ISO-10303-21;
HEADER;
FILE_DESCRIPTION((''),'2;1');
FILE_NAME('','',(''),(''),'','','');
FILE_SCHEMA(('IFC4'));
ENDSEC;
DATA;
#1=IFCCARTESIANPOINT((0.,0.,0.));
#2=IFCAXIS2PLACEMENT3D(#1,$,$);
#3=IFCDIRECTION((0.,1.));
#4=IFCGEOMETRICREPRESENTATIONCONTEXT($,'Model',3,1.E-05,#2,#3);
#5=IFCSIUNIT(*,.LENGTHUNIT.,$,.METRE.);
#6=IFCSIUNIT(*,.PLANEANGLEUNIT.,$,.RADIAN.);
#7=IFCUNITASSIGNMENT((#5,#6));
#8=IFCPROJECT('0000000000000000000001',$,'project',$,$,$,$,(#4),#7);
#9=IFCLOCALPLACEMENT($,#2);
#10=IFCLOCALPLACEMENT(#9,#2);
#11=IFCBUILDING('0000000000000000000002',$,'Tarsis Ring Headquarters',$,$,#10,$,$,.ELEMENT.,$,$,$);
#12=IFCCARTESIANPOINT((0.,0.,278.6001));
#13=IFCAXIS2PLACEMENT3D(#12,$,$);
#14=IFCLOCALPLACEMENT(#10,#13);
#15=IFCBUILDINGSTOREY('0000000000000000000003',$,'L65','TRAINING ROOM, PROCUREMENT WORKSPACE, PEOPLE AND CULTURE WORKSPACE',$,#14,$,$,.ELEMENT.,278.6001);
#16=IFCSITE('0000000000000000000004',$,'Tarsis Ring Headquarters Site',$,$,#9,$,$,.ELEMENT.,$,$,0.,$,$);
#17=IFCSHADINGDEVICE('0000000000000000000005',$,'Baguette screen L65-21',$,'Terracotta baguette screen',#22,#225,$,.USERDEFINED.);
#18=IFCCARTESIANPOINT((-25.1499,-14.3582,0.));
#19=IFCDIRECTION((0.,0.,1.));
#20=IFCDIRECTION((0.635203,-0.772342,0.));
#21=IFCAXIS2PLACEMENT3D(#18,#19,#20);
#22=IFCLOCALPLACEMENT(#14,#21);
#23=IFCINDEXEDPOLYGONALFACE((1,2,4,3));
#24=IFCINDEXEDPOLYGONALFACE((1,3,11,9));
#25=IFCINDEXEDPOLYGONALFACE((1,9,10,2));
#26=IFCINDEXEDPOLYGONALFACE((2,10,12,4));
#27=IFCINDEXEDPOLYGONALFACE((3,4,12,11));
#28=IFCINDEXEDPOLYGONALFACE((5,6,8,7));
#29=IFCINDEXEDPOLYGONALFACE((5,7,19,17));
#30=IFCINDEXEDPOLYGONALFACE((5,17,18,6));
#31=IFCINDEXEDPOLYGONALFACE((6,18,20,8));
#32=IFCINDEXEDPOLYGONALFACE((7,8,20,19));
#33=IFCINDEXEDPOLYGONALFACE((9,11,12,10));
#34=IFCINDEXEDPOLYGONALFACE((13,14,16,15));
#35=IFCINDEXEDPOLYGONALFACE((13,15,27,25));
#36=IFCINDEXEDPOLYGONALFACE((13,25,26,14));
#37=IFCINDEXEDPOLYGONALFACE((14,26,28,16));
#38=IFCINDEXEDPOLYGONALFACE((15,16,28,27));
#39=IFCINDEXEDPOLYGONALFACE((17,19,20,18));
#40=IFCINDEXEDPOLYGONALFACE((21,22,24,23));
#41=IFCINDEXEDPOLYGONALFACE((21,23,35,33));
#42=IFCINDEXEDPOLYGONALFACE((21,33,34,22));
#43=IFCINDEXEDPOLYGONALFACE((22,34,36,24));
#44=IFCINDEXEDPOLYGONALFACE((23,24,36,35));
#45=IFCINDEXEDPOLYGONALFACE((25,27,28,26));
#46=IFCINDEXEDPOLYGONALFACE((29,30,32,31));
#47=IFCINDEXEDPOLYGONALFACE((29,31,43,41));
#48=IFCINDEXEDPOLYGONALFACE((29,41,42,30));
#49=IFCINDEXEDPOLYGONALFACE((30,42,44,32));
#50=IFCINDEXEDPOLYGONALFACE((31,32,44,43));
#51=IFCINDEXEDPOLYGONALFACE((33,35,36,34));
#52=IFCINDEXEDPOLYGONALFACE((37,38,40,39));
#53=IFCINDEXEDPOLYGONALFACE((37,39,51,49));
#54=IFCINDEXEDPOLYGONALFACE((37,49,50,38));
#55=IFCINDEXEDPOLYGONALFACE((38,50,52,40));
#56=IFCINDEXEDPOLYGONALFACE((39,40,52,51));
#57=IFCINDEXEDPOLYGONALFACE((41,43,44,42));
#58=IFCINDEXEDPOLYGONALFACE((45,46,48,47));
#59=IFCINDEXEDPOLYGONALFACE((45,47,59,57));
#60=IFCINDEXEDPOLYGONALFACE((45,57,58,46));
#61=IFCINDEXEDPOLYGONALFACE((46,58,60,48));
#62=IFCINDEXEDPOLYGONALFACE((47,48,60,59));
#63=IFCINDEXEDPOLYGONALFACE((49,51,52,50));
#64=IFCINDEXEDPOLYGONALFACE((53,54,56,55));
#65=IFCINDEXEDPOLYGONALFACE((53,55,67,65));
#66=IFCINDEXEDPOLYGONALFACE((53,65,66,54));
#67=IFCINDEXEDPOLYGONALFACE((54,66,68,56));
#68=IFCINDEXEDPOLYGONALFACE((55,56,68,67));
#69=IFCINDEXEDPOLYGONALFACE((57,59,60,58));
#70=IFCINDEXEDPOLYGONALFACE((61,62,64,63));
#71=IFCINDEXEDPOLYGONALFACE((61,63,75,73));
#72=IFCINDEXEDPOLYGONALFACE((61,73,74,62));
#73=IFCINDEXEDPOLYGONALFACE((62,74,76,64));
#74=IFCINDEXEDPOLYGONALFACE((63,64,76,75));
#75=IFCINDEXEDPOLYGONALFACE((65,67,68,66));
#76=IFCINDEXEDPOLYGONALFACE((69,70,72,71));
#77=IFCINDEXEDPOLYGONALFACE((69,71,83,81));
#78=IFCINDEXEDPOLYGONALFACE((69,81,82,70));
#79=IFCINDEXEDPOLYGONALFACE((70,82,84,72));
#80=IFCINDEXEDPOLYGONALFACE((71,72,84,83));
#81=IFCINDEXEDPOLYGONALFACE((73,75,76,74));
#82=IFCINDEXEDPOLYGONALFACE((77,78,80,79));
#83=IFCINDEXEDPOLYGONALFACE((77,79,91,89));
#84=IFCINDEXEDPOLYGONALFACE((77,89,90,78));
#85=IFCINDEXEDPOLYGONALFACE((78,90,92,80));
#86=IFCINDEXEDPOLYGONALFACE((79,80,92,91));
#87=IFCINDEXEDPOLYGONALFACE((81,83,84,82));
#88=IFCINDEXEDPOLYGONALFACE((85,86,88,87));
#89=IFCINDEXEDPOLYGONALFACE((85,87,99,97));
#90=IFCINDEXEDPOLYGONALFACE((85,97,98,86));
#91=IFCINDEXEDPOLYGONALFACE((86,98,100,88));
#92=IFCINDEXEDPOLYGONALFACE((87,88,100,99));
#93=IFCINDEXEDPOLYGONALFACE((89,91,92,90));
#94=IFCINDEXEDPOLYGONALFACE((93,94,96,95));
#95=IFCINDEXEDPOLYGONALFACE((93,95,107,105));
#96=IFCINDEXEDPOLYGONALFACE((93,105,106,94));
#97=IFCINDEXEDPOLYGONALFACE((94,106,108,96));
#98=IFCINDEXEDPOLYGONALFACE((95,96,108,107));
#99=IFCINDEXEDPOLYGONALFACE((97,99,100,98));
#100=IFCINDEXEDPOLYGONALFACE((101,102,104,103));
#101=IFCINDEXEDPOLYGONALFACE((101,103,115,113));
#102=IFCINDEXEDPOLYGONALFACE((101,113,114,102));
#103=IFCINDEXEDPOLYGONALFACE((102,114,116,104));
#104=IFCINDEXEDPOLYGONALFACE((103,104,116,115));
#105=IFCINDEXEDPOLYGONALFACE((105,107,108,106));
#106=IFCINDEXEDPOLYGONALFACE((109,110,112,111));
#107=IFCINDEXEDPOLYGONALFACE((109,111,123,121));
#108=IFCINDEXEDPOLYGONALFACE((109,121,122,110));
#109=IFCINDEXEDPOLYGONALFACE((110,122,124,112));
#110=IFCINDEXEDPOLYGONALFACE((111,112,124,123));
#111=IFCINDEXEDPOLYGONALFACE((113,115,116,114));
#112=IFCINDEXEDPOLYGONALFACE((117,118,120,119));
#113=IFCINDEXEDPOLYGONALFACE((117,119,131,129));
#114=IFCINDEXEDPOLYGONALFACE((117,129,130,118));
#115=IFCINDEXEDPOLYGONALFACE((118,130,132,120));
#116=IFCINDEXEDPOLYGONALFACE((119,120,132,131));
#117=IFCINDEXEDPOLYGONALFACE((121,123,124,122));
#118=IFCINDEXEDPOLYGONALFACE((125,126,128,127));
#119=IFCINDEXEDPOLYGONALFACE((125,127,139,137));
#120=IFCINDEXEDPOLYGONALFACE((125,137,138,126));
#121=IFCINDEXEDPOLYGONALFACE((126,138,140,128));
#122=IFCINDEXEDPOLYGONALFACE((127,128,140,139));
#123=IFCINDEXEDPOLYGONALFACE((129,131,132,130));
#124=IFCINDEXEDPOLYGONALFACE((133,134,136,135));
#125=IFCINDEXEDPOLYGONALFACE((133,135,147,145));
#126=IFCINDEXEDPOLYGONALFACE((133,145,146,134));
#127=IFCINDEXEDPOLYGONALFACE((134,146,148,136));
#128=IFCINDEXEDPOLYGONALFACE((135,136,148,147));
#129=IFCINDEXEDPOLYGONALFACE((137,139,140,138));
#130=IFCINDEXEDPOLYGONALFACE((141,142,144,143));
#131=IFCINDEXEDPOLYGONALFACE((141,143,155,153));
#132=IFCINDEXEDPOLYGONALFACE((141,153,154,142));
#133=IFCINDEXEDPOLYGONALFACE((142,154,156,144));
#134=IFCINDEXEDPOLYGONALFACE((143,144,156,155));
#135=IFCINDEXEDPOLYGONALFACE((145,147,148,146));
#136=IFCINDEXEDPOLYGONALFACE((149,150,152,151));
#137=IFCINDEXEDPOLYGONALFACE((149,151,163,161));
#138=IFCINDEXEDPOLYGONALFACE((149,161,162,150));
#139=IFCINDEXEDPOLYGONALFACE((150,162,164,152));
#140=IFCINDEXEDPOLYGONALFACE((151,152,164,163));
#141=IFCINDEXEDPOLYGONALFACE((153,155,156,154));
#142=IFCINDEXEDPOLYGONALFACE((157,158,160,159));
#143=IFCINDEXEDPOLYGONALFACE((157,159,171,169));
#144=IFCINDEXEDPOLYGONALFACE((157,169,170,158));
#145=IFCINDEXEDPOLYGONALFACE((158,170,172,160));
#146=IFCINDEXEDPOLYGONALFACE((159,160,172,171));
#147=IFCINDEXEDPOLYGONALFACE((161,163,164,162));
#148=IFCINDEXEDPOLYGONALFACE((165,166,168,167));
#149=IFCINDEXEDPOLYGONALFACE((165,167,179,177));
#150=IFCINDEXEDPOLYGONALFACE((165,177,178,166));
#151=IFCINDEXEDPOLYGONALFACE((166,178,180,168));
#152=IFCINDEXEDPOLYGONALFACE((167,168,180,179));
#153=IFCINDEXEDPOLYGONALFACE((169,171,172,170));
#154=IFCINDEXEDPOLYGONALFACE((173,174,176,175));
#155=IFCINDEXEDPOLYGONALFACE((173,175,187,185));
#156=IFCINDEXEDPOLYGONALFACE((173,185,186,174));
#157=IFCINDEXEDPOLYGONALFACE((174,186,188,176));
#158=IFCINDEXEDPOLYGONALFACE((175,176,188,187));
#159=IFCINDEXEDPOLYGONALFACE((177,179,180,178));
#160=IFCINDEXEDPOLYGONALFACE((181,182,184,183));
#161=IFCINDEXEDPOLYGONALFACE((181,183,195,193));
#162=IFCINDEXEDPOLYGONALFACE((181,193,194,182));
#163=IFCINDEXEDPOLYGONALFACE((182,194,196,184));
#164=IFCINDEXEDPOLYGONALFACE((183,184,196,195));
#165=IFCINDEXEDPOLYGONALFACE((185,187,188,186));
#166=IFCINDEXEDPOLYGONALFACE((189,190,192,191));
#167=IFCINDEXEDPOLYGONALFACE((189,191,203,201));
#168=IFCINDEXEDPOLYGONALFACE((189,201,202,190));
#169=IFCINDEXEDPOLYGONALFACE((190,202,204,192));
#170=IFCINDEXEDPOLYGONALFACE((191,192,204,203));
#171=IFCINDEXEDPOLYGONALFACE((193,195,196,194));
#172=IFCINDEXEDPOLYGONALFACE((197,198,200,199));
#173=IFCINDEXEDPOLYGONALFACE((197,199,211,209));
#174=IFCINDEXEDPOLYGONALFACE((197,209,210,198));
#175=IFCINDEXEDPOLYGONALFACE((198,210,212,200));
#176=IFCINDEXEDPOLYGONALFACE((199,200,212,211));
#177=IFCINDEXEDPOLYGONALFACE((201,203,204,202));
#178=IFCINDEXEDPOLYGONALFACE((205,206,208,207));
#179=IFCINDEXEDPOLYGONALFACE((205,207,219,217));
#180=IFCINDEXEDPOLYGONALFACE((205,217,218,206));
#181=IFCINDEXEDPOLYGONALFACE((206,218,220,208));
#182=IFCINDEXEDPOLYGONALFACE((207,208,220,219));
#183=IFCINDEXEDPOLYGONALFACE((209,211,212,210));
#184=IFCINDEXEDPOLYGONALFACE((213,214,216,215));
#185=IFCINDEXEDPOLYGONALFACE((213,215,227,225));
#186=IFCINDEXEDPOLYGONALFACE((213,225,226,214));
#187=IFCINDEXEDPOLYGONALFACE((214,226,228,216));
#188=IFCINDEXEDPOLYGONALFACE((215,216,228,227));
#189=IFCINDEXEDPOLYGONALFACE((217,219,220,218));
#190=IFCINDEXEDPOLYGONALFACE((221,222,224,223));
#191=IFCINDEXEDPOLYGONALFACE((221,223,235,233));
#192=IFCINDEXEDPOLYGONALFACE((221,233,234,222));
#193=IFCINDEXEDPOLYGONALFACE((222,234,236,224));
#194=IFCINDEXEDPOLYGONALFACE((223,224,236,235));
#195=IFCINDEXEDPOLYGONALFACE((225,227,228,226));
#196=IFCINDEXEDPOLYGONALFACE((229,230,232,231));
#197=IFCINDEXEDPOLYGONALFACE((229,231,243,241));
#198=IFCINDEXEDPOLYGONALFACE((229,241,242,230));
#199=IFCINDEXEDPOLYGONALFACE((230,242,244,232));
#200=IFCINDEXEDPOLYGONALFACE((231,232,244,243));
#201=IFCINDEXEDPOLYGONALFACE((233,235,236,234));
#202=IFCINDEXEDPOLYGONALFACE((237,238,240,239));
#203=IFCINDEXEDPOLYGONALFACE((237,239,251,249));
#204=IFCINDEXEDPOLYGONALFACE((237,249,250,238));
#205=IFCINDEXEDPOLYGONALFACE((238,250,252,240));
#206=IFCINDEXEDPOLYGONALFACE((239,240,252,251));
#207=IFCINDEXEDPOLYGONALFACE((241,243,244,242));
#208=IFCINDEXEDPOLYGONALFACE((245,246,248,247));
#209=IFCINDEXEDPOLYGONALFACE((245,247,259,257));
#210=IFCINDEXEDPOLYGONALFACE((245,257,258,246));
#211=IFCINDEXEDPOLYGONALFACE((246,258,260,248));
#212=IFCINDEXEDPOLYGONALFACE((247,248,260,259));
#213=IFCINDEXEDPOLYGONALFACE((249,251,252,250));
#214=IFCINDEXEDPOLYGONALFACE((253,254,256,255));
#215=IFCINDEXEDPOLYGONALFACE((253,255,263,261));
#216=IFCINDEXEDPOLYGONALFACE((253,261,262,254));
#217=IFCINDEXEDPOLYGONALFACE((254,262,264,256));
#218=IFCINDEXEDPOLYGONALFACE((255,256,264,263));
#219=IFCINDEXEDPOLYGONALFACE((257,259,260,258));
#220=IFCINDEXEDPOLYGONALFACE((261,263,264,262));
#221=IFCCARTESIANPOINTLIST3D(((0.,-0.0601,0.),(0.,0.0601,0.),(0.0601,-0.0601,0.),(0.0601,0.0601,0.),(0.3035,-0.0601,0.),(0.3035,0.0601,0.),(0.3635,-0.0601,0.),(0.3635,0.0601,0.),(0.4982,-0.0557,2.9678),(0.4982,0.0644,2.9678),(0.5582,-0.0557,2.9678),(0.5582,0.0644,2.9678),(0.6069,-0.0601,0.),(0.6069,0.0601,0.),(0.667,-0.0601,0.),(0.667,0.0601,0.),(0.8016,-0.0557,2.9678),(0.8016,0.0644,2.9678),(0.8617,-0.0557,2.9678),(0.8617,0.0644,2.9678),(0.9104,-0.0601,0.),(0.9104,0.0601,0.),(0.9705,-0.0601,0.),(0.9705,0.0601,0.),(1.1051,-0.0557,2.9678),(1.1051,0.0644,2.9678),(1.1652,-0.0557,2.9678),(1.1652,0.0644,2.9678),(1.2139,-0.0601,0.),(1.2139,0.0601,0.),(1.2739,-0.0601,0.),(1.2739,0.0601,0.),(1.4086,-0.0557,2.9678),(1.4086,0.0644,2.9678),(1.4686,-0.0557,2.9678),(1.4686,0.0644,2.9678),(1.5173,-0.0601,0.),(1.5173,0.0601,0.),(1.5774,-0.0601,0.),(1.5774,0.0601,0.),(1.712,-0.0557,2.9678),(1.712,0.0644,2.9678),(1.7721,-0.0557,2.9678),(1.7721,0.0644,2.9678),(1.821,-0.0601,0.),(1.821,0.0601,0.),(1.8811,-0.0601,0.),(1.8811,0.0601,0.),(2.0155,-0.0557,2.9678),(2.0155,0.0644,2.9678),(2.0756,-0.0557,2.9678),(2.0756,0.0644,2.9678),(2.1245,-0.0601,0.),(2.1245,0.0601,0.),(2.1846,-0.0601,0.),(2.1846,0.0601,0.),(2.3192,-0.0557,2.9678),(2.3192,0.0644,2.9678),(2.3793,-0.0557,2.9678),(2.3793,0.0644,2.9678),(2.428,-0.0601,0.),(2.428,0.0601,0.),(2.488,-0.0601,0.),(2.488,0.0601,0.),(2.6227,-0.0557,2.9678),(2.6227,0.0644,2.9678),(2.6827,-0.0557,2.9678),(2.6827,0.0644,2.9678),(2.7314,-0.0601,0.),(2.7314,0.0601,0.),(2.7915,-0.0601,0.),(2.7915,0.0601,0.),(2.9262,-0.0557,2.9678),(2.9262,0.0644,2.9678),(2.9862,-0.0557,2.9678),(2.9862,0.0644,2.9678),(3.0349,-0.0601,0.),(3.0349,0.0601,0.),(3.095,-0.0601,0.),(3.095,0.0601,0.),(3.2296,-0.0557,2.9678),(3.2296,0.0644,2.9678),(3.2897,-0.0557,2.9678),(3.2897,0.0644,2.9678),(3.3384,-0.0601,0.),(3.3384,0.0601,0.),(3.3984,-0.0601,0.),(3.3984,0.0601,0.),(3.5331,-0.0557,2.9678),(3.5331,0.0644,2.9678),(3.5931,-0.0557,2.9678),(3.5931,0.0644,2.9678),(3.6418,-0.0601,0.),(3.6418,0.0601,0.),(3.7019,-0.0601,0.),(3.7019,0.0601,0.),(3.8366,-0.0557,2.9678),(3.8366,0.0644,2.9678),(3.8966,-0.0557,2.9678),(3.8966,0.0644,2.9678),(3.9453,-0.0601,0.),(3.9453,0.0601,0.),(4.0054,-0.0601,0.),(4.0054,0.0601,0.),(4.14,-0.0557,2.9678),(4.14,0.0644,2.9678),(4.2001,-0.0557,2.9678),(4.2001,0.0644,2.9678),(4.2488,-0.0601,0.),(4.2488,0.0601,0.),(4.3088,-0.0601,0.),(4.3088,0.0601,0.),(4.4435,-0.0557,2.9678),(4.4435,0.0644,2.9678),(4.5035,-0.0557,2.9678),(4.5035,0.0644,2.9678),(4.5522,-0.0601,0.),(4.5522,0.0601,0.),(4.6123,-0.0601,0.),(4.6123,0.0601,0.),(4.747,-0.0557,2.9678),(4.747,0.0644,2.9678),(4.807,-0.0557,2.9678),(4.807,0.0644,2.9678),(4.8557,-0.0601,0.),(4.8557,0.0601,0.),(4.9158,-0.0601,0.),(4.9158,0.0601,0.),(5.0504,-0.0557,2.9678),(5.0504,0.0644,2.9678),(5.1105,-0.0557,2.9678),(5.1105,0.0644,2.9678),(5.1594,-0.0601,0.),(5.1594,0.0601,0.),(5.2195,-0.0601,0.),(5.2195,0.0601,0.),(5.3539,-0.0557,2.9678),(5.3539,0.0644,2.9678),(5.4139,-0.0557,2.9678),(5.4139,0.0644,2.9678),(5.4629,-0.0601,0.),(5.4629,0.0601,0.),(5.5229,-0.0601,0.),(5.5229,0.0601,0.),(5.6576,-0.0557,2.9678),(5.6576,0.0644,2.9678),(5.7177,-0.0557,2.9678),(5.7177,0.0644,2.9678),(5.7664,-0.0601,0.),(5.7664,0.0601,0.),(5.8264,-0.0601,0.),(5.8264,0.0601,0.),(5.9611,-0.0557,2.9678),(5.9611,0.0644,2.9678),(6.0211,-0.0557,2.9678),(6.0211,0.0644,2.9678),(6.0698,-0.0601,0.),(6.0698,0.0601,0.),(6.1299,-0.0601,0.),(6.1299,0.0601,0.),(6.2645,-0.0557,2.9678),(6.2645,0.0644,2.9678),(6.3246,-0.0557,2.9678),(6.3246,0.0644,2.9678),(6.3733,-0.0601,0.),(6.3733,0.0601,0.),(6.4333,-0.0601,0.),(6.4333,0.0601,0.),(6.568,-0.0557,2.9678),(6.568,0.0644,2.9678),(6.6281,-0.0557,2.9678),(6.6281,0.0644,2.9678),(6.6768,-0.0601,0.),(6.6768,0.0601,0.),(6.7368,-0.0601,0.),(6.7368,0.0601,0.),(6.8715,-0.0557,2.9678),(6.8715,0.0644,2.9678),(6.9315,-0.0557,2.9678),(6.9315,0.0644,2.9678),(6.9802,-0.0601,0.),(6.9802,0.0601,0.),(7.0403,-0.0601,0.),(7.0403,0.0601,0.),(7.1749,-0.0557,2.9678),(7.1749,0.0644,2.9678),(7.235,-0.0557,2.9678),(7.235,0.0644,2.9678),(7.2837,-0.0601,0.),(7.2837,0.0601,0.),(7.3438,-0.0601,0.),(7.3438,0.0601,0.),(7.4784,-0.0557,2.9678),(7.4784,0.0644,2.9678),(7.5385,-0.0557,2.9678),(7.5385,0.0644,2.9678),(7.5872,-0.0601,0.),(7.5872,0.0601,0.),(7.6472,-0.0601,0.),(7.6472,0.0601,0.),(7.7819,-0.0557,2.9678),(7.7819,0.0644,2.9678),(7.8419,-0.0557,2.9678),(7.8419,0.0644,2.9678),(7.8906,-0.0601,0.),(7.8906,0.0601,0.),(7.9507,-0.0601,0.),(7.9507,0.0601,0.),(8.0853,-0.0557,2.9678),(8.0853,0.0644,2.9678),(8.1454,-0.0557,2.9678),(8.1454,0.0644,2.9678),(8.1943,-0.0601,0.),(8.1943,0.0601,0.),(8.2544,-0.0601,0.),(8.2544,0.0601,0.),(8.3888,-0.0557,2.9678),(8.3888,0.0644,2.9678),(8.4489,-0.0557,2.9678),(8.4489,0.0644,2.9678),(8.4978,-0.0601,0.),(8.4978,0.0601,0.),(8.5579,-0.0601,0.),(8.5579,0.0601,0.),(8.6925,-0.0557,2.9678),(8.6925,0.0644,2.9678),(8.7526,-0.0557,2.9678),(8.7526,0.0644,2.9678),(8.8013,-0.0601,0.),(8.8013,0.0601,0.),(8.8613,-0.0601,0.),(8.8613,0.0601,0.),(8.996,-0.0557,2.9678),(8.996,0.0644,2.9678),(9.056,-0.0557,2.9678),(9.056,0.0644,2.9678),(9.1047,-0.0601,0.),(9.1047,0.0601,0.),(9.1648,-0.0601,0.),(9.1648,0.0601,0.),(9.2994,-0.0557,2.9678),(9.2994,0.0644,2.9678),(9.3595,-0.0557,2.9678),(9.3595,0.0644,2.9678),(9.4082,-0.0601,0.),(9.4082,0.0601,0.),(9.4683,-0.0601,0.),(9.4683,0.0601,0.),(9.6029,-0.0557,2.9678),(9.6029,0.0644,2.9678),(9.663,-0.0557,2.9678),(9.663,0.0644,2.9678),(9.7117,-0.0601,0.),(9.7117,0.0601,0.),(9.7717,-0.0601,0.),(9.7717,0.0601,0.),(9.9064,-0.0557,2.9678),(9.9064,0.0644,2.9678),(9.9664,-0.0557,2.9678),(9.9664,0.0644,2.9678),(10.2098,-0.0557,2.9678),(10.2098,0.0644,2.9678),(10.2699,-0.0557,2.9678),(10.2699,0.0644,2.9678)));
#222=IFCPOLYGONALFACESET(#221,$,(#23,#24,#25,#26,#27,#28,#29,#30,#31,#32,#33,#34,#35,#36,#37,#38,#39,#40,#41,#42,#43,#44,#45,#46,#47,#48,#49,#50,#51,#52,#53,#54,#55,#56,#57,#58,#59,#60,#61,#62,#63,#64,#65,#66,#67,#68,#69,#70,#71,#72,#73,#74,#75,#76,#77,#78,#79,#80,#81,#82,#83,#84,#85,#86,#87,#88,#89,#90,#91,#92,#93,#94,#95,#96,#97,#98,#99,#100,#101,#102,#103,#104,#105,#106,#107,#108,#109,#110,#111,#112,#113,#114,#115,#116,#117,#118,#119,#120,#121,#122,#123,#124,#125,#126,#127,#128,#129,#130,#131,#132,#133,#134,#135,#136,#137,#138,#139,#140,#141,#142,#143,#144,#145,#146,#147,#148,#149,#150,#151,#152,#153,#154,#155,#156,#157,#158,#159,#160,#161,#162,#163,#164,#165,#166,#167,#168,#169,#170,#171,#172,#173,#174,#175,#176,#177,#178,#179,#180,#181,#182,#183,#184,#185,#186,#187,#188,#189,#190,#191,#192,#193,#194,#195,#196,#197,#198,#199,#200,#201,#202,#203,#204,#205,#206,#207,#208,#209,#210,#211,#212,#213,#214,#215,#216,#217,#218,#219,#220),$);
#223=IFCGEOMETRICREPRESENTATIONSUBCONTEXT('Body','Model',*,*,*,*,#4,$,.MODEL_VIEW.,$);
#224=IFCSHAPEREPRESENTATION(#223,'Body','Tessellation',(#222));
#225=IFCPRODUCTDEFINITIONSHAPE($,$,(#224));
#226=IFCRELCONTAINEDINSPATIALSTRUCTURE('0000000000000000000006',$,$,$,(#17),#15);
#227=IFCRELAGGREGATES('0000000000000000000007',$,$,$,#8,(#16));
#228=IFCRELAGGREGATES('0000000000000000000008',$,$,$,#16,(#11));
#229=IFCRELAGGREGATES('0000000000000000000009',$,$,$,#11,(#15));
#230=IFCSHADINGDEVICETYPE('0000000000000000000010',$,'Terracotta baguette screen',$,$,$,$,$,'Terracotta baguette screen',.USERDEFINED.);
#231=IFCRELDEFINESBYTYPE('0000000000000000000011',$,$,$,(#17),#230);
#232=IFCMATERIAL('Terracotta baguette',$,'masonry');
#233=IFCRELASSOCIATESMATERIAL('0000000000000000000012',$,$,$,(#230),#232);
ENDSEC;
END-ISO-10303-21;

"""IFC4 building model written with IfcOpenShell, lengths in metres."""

from ifc_helpers import new_model, si_unit, direction, frame, frame_2d, origin, place, context, subcontext, project, spatial, rectangle, composite_profile, extrude, material, type_object, element, save


model = new_model("IFC4")

# Units and contexts
model_context = context("Model", 3, precision=1e-05, world=origin(), true_north=direction((0.0, 1.0)))
body_context = subcontext(model_context, "Body", "Model", "MODEL_VIEW")
ifc_project = project(units=[si_unit("LENGTHUNIT", "METRE"), si_unit("PLANEANGLEUNIT", "RADIAN")], contexts=[model_context])

# Site, building, storey
site_placement = place(None, origin())
site = spatial("IfcSite", under=ifc_project, at=site_placement, Name="Tarsis Ring Headquarters Site", CompositionType="ELEMENT", RefElevation=0.0)
building_placement = place(site_placement, origin())
building = spatial("IfcBuilding", under=site, at=building_placement, Name="Tarsis Ring Headquarters", CompositionType="ELEMENT")
storey_placement = place(building_placement, frame((0.0, 0.0, 278.6001)))
storey = spatial("IfcBuildingStorey", under=building, at=storey_placement, Name="L65", Description="TRAINING ROOM, PROCUREMENT WORKSPACE, PEOPLE AND CULTURE WORKSPACE", CompositionType="ELEMENT", Elevation=278.6001)

# Shading device
ifc_material_1 = material(Name="Terracotta baguette", Category="masonry")
shading_device_type = type_object("IfcShadingDeviceType", Name="Terracotta baguette screen", ElementType="Terracotta baguette screen", PredefinedType="USERDEFINED", material=ifc_material_1)
shading_device_1_placement = place(storey_placement, frame((-25.1499, -14.3582, 0.0), z_axis=(0.0, 0.0, 1.0), x_axis=(0.635203, -0.772342, 0.0)))
element("IfcShadingDevice", 1, at=shading_device_1_placement, inside=storey, type_object=shading_device_type, Name="Baguette screen L65-21", ObjectType="Terracotta baguette screen", PredefinedType="USERDEFINED", context=body_context, shape_type="SweptSolid", body=[
    extrude(composite_profile([rectangle(XDim=0.0601, YDim=0.1201, at=frame_2d((0.03, 0.0))), rectangle(XDim=0.0601, YDim=0.1201, at=frame_2d((0.3335, 0.0))), rectangle(XDim=0.0601, YDim=0.1201, at=frame_2d((0.637, 0.0))), rectangle(XDim=0.0601, YDim=0.1201, at=frame_2d((0.9404, 0.0))), rectangle(XDim=0.0601, YDim=0.1201, at=frame_2d((1.2439, 0.0))), rectangle(XDim=0.0601, YDim=0.1201, at=frame_2d((1.5474, 0.0))), rectangle(XDim=0.0601, YDim=0.1201, at=frame_2d((1.8511, 0.0))), rectangle(XDim=0.0601, YDim=0.1201, at=frame_2d((2.1545, 0.0))), rectangle(XDim=0.0601, YDim=0.1201, at=frame_2d((2.458, 0.0))), rectangle(XDim=0.0601, YDim=0.1201, at=frame_2d((2.7615, 0.0))), rectangle(XDim=0.0601, YDim=0.1201, at=frame_2d((3.0649, 0.0))), rectangle(XDim=0.0601, YDim=0.1201, at=frame_2d((3.3684, 0.0))), rectangle(XDim=0.0601, YDim=0.1201, at=frame_2d((3.6719, 0.0))), rectangle(XDim=0.0601, YDim=0.1201, at=frame_2d((3.9753, 0.0))), rectangle(XDim=0.0601, YDim=0.1201, at=frame_2d((4.2788, 0.0))), rectangle(XDim=0.0601, YDim=0.1201, at=frame_2d((4.5823, 0.0))), rectangle(XDim=0.0601, YDim=0.1201, at=frame_2d((4.8857, 0.0))), rectangle(XDim=0.0601, YDim=0.1201, at=frame_2d((5.1895, 0.0))), rectangle(XDim=0.0601, YDim=0.1201, at=frame_2d((5.4929, 0.0))), rectangle(XDim=0.0601, YDim=0.1201, at=frame_2d((5.7964, 0.0))), rectangle(XDim=0.0601, YDim=0.1201, at=frame_2d((6.0999, 0.0))), rectangle(XDim=0.0601, YDim=0.1201, at=frame_2d((6.4033, 0.0))), rectangle(XDim=0.0601, YDim=0.1201, at=frame_2d((6.7068, 0.0))), rectangle(XDim=0.0601, YDim=0.1201, at=frame_2d((7.0103, 0.0))), rectangle(XDim=0.0601, YDim=0.1201, at=frame_2d((7.3137, 0.0))), rectangle(XDim=0.0601, YDim=0.1201, at=frame_2d((7.6172, 0.0))), rectangle(XDim=0.0601, YDim=0.1201, at=frame_2d((7.9207, 0.0))), rectangle(XDim=0.0601, YDim=0.1201, at=frame_2d((8.2244, 0.0))), rectangle(XDim=0.0601, YDim=0.1201, at=frame_2d((8.5278, 0.0))), rectangle(XDim=0.0601, YDim=0.1201, at=frame_2d((8.8313, 0.0))), rectangle(XDim=0.0601, YDim=0.1201, at=frame_2d((9.1348, 0.0))), rectangle(XDim=0.0601, YDim=0.1201, at=frame_2d((9.4382, 0.0))), rectangle(XDim=0.0601, YDim=0.1201, at=frame_2d((9.7417, 0.0)))]), origin(), (0.165545, 0.001444, 0.986201), 3.0093),
])

save(model, "model.ifc")
